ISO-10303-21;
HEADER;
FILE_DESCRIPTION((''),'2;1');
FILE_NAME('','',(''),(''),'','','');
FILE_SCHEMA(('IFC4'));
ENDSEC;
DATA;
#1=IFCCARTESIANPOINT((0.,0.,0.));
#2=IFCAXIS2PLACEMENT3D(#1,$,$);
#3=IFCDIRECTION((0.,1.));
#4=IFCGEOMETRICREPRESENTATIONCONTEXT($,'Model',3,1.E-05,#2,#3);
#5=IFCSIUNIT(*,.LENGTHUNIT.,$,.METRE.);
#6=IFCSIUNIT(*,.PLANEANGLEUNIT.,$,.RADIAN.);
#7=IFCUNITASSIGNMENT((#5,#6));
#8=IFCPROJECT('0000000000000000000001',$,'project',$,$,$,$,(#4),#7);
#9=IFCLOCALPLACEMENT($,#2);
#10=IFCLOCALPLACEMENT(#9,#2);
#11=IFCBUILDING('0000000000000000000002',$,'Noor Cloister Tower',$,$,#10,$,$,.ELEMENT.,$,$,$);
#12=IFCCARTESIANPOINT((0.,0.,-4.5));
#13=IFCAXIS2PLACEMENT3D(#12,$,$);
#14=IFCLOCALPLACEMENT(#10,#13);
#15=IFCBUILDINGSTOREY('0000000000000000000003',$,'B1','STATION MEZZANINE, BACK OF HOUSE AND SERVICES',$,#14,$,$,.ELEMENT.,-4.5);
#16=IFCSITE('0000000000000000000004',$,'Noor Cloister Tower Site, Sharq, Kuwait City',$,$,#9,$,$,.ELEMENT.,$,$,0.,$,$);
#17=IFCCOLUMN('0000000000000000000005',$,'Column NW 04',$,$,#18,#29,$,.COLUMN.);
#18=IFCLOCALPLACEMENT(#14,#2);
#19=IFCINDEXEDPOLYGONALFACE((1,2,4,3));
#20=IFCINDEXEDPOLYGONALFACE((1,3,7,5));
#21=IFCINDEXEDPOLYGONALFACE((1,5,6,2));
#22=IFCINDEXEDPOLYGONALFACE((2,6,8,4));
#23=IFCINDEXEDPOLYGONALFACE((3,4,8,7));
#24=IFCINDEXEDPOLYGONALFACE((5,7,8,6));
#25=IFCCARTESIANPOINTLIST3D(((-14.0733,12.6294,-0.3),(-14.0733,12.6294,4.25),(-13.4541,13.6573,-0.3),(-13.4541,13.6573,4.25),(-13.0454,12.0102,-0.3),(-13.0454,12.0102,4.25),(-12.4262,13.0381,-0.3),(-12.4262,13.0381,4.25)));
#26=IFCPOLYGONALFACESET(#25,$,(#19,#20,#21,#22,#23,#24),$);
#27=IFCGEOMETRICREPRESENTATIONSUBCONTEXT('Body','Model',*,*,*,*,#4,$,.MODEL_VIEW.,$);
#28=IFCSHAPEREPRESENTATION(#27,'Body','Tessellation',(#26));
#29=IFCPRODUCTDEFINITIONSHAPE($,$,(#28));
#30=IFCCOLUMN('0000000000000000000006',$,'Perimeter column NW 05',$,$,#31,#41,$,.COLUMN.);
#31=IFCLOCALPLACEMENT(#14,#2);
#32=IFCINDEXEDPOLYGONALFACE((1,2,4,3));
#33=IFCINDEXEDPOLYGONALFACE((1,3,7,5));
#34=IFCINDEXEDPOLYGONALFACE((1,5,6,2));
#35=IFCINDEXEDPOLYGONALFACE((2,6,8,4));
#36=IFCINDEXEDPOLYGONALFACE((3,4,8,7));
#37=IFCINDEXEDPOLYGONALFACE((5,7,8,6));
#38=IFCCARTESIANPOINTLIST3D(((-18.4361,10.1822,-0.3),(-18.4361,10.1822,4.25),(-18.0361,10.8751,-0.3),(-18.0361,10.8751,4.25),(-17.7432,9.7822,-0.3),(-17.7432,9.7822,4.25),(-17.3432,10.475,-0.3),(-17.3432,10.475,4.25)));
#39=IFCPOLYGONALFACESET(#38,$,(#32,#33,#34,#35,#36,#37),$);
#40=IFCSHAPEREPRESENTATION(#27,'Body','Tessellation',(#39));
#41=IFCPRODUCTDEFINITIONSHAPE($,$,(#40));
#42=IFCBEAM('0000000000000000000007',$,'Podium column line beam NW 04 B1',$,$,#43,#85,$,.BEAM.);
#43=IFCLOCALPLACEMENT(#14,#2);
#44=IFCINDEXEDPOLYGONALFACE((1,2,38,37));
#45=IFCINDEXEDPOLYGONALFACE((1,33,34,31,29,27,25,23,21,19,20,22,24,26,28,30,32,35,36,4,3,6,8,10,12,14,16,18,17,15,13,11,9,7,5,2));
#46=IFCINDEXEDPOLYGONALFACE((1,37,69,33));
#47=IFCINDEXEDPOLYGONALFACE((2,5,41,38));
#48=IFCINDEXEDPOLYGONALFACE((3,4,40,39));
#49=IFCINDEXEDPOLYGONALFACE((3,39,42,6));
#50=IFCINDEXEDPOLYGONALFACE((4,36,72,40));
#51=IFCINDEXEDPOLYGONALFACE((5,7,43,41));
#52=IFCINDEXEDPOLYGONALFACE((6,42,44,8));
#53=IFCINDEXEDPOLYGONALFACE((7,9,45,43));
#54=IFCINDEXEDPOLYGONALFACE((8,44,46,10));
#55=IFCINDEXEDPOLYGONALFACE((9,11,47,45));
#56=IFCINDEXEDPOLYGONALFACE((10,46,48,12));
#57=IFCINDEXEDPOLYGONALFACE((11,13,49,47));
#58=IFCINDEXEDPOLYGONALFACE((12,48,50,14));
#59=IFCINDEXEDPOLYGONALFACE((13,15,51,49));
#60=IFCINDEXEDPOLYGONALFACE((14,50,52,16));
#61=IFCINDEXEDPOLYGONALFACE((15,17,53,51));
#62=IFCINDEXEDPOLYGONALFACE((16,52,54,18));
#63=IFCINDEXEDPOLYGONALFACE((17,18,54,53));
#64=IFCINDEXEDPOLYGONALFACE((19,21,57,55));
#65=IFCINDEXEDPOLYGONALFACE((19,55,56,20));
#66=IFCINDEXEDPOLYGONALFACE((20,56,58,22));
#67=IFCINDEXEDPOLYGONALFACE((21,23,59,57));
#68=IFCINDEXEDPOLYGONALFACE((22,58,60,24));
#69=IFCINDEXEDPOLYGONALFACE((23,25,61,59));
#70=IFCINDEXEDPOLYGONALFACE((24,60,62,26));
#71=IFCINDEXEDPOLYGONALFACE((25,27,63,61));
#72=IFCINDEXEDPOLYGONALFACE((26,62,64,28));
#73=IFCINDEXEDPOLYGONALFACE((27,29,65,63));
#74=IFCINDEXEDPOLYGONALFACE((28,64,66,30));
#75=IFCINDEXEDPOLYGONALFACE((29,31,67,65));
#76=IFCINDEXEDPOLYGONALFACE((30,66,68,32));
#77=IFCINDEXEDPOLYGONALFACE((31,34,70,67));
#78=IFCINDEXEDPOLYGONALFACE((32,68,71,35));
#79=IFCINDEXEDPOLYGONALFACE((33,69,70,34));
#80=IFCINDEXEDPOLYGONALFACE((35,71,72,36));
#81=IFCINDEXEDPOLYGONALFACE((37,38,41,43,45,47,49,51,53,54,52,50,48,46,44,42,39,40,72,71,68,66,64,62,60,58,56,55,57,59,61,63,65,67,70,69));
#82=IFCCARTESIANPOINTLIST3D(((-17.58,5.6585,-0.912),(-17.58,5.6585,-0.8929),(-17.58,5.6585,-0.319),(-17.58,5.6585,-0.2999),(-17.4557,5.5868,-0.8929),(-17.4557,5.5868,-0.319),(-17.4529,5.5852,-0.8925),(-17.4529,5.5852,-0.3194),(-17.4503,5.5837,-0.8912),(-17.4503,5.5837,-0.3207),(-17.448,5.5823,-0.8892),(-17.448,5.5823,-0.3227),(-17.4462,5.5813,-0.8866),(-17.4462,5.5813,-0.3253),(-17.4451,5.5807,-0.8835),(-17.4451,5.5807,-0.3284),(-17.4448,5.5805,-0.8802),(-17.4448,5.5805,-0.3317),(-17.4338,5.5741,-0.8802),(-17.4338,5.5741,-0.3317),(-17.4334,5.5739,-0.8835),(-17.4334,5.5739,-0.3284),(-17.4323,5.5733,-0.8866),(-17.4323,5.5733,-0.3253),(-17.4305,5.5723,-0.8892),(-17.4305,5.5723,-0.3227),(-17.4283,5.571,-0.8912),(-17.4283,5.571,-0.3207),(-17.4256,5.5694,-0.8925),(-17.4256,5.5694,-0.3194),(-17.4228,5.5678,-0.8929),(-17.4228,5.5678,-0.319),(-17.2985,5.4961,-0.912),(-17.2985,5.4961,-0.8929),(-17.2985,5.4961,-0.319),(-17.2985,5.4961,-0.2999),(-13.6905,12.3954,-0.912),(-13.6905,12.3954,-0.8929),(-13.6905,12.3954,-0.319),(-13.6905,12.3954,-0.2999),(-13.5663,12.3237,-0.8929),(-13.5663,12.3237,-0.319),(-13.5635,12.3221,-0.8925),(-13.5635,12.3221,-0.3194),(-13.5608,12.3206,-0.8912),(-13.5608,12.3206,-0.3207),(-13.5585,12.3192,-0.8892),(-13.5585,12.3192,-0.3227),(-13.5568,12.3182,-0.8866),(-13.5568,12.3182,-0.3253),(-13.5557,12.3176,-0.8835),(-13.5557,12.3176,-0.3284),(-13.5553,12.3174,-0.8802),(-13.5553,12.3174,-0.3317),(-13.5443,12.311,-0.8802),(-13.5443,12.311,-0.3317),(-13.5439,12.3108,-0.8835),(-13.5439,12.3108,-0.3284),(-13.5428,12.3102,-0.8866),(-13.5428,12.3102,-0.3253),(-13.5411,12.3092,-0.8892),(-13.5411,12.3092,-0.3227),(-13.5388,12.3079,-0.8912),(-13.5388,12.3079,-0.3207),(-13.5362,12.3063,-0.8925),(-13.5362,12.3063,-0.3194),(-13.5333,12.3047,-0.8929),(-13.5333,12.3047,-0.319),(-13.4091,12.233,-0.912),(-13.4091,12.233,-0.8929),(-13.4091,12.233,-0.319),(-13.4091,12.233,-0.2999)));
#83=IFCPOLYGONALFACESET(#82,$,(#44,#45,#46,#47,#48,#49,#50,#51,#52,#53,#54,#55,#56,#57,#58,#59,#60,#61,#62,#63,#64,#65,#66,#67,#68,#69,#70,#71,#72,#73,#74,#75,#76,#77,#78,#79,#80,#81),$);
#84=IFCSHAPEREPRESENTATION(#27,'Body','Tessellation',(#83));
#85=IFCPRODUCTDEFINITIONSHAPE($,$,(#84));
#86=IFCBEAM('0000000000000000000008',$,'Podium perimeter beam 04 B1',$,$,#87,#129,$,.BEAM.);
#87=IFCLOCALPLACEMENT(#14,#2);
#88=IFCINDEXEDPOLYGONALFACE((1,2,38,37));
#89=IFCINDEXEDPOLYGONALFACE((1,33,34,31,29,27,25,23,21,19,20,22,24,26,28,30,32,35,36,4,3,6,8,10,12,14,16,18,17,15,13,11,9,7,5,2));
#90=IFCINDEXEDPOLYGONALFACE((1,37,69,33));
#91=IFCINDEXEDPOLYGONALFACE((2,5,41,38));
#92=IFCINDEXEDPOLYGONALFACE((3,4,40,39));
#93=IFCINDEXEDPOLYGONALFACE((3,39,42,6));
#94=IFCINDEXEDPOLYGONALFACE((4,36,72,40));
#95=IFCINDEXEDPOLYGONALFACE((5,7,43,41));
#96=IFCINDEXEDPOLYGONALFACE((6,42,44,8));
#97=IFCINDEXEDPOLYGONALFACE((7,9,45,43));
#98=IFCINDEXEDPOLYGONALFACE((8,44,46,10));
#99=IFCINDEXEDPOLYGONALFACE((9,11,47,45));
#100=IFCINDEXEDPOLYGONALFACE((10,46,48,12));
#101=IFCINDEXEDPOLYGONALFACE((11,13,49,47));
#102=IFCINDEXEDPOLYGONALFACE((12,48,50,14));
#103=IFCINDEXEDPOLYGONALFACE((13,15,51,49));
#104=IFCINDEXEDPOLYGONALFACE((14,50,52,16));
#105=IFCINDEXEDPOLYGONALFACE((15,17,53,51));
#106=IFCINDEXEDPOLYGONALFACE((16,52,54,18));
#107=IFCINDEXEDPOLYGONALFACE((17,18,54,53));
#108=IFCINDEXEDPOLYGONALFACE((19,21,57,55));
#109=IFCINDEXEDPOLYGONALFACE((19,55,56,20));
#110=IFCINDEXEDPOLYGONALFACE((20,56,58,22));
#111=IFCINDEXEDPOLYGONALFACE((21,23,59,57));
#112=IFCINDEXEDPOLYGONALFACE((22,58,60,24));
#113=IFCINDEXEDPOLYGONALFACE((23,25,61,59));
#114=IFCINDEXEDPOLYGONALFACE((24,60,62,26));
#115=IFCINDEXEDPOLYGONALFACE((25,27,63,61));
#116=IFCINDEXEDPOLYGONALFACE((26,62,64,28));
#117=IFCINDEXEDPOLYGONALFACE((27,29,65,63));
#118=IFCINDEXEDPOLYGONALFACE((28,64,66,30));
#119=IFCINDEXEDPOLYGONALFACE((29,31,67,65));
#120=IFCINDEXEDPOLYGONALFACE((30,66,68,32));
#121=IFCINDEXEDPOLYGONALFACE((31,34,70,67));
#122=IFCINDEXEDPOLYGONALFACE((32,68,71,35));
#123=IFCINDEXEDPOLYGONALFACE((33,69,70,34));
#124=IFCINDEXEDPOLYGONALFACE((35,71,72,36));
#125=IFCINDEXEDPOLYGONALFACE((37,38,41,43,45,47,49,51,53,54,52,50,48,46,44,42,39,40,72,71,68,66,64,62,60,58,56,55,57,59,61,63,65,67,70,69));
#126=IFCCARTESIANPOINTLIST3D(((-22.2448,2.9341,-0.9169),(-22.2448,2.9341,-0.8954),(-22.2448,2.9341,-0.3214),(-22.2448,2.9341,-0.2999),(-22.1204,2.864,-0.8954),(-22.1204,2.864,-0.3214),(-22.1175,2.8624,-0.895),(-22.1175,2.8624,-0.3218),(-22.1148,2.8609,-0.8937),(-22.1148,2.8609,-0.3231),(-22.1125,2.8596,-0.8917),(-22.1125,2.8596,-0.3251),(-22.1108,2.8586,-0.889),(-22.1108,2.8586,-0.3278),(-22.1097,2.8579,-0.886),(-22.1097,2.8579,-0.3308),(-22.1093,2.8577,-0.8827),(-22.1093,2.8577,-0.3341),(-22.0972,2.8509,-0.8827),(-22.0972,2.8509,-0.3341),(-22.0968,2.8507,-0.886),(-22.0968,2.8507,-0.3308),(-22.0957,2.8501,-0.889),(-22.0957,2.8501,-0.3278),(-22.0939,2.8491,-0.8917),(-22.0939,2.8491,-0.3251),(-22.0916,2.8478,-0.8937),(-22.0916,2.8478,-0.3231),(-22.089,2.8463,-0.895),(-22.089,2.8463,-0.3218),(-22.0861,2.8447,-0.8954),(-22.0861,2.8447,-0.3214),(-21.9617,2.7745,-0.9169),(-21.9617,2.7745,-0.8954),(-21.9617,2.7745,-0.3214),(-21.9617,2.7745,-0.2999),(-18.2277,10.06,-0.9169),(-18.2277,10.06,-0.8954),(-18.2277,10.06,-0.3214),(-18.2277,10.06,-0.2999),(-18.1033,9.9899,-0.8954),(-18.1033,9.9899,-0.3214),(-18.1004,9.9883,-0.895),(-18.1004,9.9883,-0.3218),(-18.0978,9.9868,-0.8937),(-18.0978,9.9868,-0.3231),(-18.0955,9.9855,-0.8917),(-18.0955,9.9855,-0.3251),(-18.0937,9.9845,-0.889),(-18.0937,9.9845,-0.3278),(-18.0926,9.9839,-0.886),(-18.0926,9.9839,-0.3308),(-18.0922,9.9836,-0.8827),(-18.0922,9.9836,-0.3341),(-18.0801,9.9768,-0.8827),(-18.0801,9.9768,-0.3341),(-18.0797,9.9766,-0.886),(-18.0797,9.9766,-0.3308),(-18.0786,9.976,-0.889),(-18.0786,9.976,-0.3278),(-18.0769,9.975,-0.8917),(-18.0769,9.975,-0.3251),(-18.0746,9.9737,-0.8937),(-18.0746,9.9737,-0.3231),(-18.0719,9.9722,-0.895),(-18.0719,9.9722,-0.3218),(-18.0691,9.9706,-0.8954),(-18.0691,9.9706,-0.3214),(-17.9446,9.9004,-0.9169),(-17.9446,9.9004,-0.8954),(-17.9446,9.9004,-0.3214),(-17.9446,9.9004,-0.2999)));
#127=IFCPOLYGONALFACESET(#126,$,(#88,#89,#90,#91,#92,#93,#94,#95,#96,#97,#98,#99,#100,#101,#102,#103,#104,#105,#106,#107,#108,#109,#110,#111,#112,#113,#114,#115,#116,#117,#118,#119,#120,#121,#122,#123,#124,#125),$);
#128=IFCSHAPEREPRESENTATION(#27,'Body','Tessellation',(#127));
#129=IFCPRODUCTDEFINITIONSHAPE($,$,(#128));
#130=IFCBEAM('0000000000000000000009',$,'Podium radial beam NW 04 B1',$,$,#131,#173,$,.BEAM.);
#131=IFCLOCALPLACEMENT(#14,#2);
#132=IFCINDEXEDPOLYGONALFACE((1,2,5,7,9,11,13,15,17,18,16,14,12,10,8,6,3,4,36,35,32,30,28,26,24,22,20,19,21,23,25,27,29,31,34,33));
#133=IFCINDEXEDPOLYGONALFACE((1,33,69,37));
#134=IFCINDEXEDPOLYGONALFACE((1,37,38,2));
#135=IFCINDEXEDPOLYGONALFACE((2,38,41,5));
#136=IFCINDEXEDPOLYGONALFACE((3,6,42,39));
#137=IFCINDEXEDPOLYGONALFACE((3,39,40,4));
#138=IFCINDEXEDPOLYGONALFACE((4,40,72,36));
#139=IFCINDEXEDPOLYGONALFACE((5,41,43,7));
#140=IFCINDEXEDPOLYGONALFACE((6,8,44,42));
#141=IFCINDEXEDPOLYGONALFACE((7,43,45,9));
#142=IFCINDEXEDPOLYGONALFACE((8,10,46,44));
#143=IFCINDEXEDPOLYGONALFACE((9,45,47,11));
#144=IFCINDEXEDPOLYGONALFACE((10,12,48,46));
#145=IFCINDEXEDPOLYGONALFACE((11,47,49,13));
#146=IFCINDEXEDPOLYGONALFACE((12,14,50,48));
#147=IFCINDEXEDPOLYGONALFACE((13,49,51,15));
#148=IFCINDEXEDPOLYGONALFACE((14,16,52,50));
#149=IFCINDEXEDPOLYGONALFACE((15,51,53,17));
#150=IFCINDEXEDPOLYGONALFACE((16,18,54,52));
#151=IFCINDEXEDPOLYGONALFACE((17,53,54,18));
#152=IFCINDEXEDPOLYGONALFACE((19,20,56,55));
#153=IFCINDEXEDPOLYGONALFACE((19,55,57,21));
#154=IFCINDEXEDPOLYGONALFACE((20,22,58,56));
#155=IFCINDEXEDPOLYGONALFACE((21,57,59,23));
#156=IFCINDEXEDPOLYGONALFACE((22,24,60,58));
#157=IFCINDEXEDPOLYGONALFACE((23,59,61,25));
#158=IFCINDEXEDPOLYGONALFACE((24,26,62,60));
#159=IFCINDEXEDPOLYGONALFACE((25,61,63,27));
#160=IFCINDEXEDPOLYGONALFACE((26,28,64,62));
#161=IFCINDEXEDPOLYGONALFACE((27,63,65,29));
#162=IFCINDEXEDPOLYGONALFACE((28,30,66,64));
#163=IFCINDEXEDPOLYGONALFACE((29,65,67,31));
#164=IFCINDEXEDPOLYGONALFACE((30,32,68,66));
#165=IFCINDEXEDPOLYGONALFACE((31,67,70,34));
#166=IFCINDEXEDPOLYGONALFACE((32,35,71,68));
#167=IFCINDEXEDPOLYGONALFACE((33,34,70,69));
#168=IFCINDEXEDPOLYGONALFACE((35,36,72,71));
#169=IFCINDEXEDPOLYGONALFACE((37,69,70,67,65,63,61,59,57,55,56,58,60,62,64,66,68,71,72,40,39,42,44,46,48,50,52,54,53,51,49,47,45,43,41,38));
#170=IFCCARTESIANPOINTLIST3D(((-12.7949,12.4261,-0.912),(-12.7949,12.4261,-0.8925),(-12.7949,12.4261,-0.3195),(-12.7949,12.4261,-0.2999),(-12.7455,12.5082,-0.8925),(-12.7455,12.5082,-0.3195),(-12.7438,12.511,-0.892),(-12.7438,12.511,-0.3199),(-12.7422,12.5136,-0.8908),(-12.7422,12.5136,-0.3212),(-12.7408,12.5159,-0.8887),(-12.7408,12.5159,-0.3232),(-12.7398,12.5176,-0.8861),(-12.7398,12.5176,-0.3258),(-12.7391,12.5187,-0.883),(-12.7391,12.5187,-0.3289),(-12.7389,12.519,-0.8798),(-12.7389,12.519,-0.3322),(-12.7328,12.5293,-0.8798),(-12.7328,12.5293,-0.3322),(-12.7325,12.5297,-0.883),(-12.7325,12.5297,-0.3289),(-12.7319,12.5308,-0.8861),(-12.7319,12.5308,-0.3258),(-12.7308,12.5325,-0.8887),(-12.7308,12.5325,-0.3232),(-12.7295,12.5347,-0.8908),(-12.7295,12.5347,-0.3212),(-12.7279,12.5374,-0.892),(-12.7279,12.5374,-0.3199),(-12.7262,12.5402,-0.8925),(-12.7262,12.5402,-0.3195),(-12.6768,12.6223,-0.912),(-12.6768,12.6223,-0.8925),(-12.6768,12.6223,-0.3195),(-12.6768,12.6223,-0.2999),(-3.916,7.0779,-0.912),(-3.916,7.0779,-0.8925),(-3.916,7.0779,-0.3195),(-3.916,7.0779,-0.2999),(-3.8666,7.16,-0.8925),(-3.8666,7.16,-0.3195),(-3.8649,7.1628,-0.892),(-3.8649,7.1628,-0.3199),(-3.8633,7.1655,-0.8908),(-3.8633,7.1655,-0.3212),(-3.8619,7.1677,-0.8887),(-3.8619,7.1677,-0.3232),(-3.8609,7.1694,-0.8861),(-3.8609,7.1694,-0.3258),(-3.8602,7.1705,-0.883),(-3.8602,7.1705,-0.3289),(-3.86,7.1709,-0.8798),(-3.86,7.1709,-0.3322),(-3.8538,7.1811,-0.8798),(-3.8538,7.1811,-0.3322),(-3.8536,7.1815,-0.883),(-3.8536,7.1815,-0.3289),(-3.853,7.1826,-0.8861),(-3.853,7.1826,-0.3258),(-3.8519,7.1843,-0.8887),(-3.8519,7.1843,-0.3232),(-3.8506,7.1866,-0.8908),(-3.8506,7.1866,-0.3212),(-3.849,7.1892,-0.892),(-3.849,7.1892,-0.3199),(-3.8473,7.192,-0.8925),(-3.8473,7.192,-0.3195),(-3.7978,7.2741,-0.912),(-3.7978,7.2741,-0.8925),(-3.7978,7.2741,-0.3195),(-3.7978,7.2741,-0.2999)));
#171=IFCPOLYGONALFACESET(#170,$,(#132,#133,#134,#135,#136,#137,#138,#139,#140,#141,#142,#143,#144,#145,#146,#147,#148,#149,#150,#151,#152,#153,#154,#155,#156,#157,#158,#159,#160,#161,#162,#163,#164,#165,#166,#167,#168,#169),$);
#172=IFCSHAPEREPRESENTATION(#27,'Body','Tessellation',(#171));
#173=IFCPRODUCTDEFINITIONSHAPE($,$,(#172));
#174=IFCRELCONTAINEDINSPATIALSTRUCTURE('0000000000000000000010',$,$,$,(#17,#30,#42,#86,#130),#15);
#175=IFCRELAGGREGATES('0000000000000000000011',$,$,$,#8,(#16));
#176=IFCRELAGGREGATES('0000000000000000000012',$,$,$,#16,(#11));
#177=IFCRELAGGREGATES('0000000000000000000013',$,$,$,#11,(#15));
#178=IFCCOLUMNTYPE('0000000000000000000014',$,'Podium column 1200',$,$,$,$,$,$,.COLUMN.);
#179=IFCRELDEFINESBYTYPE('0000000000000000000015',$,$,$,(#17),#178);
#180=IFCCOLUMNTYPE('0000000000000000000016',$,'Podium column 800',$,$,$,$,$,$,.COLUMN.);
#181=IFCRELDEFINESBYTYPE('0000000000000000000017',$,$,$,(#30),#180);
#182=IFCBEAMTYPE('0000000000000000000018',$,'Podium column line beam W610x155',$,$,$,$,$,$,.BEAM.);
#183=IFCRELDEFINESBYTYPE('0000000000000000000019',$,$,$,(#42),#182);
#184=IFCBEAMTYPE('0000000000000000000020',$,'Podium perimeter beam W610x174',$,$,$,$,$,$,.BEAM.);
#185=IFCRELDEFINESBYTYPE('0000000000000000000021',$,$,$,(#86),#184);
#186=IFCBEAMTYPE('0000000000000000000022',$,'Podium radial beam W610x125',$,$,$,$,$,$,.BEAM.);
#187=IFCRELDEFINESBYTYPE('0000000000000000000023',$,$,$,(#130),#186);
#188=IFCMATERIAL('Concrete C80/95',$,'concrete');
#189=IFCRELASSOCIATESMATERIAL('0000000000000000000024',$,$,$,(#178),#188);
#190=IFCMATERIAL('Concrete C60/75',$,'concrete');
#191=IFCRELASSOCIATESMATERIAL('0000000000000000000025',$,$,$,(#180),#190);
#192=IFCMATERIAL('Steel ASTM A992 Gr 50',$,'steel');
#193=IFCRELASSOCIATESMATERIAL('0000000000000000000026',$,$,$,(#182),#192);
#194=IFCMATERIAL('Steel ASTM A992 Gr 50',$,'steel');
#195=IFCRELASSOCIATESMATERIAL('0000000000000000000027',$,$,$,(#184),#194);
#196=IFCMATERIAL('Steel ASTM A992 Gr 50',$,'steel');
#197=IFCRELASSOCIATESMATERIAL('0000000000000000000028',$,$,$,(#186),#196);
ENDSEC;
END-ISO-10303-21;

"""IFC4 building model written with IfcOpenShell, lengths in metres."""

from ifc_helpers import new_model, si_unit, direction, frame, origin, origin_2d, place, context, subcontext, project, spatial, rectangle, i_section, extrude, material, material_profile, profile_set, type_object, element, save


model = new_model("IFC4")

# Units and contexts
model_context = context("Model", 3, precision=1e-05, world=origin(), true_north=direction((0.0, 1.0)))
body_context = subcontext(model_context, "Body", "Model", "MODEL_VIEW")
ifc_project = project(units=[si_unit("LENGTHUNIT", "METRE"), si_unit("PLANEANGLEUNIT", "RADIAN")], contexts=[model_context])

# Site, building, storey
site_placement = place(None, origin())
site = spatial("IfcSite", under=ifc_project, at=site_placement, Name="Noor Cloister Tower Site, Sharq, Kuwait City", CompositionType="ELEMENT", RefElevation=0.0)
building_placement = place(site_placement, origin())
building = spatial("IfcBuilding", under=site, at=building_placement, Name="Noor Cloister Tower", CompositionType="ELEMENT")
storey_placement = place(building_placement, frame((0.0, 0.0, -4.5)))
storey = spatial("IfcBuildingStorey", under=building, at=storey_placement, Name="B1", Description="STATION MEZZANINE, BACK OF HOUSE AND SERVICES", CompositionType="ELEMENT", Elevation=-4.5)

# Columns
ifc_material_1 = material(Name="Concrete C80/95", Category="concrete")
ifc_material_profile_1 = material_profile(ifc_material_1, rectangle(XDim=1.2, YDim=1.2, at=origin_2d()), Name="Podium column 1200")
ifc_profile_set_1 = profile_set([ifc_material_profile_1], Name="Concrete C80/95")
column_type_1 = type_object("IfcColumnType", Name="Podium column 1200", PredefinedType="COLUMN", material=ifc_profile_set_1)
column_1_placement = place(storey_placement, frame((-13.2498, 12.8337, -0.3), z_axis=(0.0, 0.0, 1.0), x_axis=(-0.8566, 0.515981, 0.0)))
element("IfcColumn", 1, at=column_1_placement, inside=storey, type_object=column_type_1, Name="Column NW 04", PredefinedType="COLUMN", context=body_context, shape_type="SweptSolid", body=[
    extrude(rectangle(XDim=1.2, YDim=1.2, at=origin_2d()), origin(), (0.0, 0.0, 1.0), 4.55),
])
ifc_material_2 = material(Name="Concrete C60/75", Category="concrete")
ifc_material_profile_2 = material_profile(ifc_material_2, rectangle(XDim=0.8, YDim=0.8, at=origin_2d()), Name="Podium column 800")
ifc_profile_set_2 = profile_set([ifc_material_profile_2], Name="Concrete C60/75")
column_type_2 = type_object("IfcColumnType", Name="Podium column 800", PredefinedType="COLUMN", material=ifc_profile_set_2)
column_2_placement = place(storey_placement, frame((-17.8896, 10.3286, -0.3), z_axis=(0.0, 0.0, 1.0), x_axis=(-0.866025, 0.5, 0.0)))
element("IfcColumn", 2, at=column_2_placement, inside=storey, type_object=column_type_2, Name="Perimeter column NW 05", PredefinedType="COLUMN", context=body_context, shape_type="SweptSolid", body=[
    extrude(rectangle(XDim=0.8, YDim=0.8, at=origin_2d()), origin(), (0.0, 0.0, 1.0), 4.55),
])

# Beams
ifc_material_3 = material(Name="Steel ASTM A992 Gr 50", Category="steel")
ifc_material_profile_3 = material_profile(ifc_material_3, i_section(OverallWidth=0.325, OverallDepth=0.6121, WebThickness=0.0127, FlangeThickness=0.019, FilletRadius=0.0127, at=origin_2d()), Name="W610x155")
ifc_profile_set_3 = profile_set([ifc_material_profile_3], Name="Steel ASTM A992 Gr 50")
beam_type_1 = type_object("IfcBeamType", Name="Podium column line beam W610x155", PredefinedType="BEAM", material=ifc_profile_set_3)
beam_1_placement = place(storey_placement, frame((-13.5498, 12.3142, -0.606), z_axis=(-0.499991, -0.866031, 0.0), x_axis=(0.866031, -0.499991, 0.0)))
element("IfcBeam", 3, at=beam_1_placement, inside=storey, type_object=beam_type_1, Name="Podium column line beam NW 04 B1", PredefinedType="BEAM", context=body_context, shape_type="SweptSolid", body=[
    extrude(i_section(OverallWidth=0.325, OverallDepth=0.6121, WebThickness=0.0127, FlangeThickness=0.019, FilletRadius=0.0127, at=origin_2d()), origin(), (0.0, 0.0, 1.0), 7.7791),
])
ifc_material_4 = material(Name="Steel ASTM A992 Gr 50", Category="steel")
ifc_material_profile_4 = material_profile(ifc_material_4, i_section(OverallWidth=0.325, OverallDepth=0.6169, WebThickness=0.0139, FlangeThickness=0.0215, FilletRadius=0.0127, at=origin_2d()), Name="W610x174")
ifc_profile_set_4 = profile_set([ifc_material_profile_4], Name="Steel ASTM A992 Gr 50")
beam_type_2 = type_object("IfcBeamType", Name="Podium perimeter beam W610x174", PredefinedType="BEAM", material=ifc_profile_set_4)
beam_2_placement = place(storey_placement, frame((-18.0862, 9.9802, -0.6084), z_axis=(-0.491072, -0.871119, 0.0), x_axis=(0.871119, -0.491072, 0.0)))
element("IfcBeam", 4, at=beam_2_placement, inside=storey, type_object=beam_type_2, Name="Podium perimeter beam 04 B1", PredefinedType="BEAM", context=body_context, shape_type="SweptSolid", body=[
    extrude(i_section(OverallWidth=0.325, OverallDepth=0.6169, WebThickness=0.0139, FlangeThickness=0.0215, FilletRadius=0.0127, at=origin_2d()), origin(), (0.0, 0.0, 1.0), 8.1802),
])
ifc_material_5 = material(Name="Steel ASTM A992 Gr 50", Category="steel")
ifc_material_profile_5 = material_profile(ifc_material_5, i_section(OverallWidth=0.229, OverallDepth=0.6121, WebThickness=0.012, FlangeThickness=0.0195, FilletRadius=0.0127, at=origin_2d()), Name="W610x125")
ifc_profile_set_5 = profile_set([ifc_material_profile_5], Name="Steel ASTM A992 Gr 50")
beam_type_3 = type_object("IfcBeamType", Name="Podium radial beam W610x125", PredefinedType="BEAM", material=ifc_profile_set_5)
beam_3_placement = place(storey_placement, frame((-12.7358, 12.5242, -0.606), z_axis=(0.856606, -0.515971, 0.0), x_axis=(0.515971, 0.856606, 0.0)))
element("IfcBeam", 5, at=beam_3_placement, inside=storey, type_object=beam_type_3, Name="Podium radial beam NW 04 B1", PredefinedType="BEAM", context=body_context, shape_type="SweptSolid", body=[
    extrude(i_section(OverallWidth=0.229, OverallDepth=0.6121, WebThickness=0.012, FlangeThickness=0.0195, FilletRadius=0.0127, at=origin_2d()), origin(), (0.0, 0.0, 1.0), 10.3652),
])

save(model, "model.ifc")
